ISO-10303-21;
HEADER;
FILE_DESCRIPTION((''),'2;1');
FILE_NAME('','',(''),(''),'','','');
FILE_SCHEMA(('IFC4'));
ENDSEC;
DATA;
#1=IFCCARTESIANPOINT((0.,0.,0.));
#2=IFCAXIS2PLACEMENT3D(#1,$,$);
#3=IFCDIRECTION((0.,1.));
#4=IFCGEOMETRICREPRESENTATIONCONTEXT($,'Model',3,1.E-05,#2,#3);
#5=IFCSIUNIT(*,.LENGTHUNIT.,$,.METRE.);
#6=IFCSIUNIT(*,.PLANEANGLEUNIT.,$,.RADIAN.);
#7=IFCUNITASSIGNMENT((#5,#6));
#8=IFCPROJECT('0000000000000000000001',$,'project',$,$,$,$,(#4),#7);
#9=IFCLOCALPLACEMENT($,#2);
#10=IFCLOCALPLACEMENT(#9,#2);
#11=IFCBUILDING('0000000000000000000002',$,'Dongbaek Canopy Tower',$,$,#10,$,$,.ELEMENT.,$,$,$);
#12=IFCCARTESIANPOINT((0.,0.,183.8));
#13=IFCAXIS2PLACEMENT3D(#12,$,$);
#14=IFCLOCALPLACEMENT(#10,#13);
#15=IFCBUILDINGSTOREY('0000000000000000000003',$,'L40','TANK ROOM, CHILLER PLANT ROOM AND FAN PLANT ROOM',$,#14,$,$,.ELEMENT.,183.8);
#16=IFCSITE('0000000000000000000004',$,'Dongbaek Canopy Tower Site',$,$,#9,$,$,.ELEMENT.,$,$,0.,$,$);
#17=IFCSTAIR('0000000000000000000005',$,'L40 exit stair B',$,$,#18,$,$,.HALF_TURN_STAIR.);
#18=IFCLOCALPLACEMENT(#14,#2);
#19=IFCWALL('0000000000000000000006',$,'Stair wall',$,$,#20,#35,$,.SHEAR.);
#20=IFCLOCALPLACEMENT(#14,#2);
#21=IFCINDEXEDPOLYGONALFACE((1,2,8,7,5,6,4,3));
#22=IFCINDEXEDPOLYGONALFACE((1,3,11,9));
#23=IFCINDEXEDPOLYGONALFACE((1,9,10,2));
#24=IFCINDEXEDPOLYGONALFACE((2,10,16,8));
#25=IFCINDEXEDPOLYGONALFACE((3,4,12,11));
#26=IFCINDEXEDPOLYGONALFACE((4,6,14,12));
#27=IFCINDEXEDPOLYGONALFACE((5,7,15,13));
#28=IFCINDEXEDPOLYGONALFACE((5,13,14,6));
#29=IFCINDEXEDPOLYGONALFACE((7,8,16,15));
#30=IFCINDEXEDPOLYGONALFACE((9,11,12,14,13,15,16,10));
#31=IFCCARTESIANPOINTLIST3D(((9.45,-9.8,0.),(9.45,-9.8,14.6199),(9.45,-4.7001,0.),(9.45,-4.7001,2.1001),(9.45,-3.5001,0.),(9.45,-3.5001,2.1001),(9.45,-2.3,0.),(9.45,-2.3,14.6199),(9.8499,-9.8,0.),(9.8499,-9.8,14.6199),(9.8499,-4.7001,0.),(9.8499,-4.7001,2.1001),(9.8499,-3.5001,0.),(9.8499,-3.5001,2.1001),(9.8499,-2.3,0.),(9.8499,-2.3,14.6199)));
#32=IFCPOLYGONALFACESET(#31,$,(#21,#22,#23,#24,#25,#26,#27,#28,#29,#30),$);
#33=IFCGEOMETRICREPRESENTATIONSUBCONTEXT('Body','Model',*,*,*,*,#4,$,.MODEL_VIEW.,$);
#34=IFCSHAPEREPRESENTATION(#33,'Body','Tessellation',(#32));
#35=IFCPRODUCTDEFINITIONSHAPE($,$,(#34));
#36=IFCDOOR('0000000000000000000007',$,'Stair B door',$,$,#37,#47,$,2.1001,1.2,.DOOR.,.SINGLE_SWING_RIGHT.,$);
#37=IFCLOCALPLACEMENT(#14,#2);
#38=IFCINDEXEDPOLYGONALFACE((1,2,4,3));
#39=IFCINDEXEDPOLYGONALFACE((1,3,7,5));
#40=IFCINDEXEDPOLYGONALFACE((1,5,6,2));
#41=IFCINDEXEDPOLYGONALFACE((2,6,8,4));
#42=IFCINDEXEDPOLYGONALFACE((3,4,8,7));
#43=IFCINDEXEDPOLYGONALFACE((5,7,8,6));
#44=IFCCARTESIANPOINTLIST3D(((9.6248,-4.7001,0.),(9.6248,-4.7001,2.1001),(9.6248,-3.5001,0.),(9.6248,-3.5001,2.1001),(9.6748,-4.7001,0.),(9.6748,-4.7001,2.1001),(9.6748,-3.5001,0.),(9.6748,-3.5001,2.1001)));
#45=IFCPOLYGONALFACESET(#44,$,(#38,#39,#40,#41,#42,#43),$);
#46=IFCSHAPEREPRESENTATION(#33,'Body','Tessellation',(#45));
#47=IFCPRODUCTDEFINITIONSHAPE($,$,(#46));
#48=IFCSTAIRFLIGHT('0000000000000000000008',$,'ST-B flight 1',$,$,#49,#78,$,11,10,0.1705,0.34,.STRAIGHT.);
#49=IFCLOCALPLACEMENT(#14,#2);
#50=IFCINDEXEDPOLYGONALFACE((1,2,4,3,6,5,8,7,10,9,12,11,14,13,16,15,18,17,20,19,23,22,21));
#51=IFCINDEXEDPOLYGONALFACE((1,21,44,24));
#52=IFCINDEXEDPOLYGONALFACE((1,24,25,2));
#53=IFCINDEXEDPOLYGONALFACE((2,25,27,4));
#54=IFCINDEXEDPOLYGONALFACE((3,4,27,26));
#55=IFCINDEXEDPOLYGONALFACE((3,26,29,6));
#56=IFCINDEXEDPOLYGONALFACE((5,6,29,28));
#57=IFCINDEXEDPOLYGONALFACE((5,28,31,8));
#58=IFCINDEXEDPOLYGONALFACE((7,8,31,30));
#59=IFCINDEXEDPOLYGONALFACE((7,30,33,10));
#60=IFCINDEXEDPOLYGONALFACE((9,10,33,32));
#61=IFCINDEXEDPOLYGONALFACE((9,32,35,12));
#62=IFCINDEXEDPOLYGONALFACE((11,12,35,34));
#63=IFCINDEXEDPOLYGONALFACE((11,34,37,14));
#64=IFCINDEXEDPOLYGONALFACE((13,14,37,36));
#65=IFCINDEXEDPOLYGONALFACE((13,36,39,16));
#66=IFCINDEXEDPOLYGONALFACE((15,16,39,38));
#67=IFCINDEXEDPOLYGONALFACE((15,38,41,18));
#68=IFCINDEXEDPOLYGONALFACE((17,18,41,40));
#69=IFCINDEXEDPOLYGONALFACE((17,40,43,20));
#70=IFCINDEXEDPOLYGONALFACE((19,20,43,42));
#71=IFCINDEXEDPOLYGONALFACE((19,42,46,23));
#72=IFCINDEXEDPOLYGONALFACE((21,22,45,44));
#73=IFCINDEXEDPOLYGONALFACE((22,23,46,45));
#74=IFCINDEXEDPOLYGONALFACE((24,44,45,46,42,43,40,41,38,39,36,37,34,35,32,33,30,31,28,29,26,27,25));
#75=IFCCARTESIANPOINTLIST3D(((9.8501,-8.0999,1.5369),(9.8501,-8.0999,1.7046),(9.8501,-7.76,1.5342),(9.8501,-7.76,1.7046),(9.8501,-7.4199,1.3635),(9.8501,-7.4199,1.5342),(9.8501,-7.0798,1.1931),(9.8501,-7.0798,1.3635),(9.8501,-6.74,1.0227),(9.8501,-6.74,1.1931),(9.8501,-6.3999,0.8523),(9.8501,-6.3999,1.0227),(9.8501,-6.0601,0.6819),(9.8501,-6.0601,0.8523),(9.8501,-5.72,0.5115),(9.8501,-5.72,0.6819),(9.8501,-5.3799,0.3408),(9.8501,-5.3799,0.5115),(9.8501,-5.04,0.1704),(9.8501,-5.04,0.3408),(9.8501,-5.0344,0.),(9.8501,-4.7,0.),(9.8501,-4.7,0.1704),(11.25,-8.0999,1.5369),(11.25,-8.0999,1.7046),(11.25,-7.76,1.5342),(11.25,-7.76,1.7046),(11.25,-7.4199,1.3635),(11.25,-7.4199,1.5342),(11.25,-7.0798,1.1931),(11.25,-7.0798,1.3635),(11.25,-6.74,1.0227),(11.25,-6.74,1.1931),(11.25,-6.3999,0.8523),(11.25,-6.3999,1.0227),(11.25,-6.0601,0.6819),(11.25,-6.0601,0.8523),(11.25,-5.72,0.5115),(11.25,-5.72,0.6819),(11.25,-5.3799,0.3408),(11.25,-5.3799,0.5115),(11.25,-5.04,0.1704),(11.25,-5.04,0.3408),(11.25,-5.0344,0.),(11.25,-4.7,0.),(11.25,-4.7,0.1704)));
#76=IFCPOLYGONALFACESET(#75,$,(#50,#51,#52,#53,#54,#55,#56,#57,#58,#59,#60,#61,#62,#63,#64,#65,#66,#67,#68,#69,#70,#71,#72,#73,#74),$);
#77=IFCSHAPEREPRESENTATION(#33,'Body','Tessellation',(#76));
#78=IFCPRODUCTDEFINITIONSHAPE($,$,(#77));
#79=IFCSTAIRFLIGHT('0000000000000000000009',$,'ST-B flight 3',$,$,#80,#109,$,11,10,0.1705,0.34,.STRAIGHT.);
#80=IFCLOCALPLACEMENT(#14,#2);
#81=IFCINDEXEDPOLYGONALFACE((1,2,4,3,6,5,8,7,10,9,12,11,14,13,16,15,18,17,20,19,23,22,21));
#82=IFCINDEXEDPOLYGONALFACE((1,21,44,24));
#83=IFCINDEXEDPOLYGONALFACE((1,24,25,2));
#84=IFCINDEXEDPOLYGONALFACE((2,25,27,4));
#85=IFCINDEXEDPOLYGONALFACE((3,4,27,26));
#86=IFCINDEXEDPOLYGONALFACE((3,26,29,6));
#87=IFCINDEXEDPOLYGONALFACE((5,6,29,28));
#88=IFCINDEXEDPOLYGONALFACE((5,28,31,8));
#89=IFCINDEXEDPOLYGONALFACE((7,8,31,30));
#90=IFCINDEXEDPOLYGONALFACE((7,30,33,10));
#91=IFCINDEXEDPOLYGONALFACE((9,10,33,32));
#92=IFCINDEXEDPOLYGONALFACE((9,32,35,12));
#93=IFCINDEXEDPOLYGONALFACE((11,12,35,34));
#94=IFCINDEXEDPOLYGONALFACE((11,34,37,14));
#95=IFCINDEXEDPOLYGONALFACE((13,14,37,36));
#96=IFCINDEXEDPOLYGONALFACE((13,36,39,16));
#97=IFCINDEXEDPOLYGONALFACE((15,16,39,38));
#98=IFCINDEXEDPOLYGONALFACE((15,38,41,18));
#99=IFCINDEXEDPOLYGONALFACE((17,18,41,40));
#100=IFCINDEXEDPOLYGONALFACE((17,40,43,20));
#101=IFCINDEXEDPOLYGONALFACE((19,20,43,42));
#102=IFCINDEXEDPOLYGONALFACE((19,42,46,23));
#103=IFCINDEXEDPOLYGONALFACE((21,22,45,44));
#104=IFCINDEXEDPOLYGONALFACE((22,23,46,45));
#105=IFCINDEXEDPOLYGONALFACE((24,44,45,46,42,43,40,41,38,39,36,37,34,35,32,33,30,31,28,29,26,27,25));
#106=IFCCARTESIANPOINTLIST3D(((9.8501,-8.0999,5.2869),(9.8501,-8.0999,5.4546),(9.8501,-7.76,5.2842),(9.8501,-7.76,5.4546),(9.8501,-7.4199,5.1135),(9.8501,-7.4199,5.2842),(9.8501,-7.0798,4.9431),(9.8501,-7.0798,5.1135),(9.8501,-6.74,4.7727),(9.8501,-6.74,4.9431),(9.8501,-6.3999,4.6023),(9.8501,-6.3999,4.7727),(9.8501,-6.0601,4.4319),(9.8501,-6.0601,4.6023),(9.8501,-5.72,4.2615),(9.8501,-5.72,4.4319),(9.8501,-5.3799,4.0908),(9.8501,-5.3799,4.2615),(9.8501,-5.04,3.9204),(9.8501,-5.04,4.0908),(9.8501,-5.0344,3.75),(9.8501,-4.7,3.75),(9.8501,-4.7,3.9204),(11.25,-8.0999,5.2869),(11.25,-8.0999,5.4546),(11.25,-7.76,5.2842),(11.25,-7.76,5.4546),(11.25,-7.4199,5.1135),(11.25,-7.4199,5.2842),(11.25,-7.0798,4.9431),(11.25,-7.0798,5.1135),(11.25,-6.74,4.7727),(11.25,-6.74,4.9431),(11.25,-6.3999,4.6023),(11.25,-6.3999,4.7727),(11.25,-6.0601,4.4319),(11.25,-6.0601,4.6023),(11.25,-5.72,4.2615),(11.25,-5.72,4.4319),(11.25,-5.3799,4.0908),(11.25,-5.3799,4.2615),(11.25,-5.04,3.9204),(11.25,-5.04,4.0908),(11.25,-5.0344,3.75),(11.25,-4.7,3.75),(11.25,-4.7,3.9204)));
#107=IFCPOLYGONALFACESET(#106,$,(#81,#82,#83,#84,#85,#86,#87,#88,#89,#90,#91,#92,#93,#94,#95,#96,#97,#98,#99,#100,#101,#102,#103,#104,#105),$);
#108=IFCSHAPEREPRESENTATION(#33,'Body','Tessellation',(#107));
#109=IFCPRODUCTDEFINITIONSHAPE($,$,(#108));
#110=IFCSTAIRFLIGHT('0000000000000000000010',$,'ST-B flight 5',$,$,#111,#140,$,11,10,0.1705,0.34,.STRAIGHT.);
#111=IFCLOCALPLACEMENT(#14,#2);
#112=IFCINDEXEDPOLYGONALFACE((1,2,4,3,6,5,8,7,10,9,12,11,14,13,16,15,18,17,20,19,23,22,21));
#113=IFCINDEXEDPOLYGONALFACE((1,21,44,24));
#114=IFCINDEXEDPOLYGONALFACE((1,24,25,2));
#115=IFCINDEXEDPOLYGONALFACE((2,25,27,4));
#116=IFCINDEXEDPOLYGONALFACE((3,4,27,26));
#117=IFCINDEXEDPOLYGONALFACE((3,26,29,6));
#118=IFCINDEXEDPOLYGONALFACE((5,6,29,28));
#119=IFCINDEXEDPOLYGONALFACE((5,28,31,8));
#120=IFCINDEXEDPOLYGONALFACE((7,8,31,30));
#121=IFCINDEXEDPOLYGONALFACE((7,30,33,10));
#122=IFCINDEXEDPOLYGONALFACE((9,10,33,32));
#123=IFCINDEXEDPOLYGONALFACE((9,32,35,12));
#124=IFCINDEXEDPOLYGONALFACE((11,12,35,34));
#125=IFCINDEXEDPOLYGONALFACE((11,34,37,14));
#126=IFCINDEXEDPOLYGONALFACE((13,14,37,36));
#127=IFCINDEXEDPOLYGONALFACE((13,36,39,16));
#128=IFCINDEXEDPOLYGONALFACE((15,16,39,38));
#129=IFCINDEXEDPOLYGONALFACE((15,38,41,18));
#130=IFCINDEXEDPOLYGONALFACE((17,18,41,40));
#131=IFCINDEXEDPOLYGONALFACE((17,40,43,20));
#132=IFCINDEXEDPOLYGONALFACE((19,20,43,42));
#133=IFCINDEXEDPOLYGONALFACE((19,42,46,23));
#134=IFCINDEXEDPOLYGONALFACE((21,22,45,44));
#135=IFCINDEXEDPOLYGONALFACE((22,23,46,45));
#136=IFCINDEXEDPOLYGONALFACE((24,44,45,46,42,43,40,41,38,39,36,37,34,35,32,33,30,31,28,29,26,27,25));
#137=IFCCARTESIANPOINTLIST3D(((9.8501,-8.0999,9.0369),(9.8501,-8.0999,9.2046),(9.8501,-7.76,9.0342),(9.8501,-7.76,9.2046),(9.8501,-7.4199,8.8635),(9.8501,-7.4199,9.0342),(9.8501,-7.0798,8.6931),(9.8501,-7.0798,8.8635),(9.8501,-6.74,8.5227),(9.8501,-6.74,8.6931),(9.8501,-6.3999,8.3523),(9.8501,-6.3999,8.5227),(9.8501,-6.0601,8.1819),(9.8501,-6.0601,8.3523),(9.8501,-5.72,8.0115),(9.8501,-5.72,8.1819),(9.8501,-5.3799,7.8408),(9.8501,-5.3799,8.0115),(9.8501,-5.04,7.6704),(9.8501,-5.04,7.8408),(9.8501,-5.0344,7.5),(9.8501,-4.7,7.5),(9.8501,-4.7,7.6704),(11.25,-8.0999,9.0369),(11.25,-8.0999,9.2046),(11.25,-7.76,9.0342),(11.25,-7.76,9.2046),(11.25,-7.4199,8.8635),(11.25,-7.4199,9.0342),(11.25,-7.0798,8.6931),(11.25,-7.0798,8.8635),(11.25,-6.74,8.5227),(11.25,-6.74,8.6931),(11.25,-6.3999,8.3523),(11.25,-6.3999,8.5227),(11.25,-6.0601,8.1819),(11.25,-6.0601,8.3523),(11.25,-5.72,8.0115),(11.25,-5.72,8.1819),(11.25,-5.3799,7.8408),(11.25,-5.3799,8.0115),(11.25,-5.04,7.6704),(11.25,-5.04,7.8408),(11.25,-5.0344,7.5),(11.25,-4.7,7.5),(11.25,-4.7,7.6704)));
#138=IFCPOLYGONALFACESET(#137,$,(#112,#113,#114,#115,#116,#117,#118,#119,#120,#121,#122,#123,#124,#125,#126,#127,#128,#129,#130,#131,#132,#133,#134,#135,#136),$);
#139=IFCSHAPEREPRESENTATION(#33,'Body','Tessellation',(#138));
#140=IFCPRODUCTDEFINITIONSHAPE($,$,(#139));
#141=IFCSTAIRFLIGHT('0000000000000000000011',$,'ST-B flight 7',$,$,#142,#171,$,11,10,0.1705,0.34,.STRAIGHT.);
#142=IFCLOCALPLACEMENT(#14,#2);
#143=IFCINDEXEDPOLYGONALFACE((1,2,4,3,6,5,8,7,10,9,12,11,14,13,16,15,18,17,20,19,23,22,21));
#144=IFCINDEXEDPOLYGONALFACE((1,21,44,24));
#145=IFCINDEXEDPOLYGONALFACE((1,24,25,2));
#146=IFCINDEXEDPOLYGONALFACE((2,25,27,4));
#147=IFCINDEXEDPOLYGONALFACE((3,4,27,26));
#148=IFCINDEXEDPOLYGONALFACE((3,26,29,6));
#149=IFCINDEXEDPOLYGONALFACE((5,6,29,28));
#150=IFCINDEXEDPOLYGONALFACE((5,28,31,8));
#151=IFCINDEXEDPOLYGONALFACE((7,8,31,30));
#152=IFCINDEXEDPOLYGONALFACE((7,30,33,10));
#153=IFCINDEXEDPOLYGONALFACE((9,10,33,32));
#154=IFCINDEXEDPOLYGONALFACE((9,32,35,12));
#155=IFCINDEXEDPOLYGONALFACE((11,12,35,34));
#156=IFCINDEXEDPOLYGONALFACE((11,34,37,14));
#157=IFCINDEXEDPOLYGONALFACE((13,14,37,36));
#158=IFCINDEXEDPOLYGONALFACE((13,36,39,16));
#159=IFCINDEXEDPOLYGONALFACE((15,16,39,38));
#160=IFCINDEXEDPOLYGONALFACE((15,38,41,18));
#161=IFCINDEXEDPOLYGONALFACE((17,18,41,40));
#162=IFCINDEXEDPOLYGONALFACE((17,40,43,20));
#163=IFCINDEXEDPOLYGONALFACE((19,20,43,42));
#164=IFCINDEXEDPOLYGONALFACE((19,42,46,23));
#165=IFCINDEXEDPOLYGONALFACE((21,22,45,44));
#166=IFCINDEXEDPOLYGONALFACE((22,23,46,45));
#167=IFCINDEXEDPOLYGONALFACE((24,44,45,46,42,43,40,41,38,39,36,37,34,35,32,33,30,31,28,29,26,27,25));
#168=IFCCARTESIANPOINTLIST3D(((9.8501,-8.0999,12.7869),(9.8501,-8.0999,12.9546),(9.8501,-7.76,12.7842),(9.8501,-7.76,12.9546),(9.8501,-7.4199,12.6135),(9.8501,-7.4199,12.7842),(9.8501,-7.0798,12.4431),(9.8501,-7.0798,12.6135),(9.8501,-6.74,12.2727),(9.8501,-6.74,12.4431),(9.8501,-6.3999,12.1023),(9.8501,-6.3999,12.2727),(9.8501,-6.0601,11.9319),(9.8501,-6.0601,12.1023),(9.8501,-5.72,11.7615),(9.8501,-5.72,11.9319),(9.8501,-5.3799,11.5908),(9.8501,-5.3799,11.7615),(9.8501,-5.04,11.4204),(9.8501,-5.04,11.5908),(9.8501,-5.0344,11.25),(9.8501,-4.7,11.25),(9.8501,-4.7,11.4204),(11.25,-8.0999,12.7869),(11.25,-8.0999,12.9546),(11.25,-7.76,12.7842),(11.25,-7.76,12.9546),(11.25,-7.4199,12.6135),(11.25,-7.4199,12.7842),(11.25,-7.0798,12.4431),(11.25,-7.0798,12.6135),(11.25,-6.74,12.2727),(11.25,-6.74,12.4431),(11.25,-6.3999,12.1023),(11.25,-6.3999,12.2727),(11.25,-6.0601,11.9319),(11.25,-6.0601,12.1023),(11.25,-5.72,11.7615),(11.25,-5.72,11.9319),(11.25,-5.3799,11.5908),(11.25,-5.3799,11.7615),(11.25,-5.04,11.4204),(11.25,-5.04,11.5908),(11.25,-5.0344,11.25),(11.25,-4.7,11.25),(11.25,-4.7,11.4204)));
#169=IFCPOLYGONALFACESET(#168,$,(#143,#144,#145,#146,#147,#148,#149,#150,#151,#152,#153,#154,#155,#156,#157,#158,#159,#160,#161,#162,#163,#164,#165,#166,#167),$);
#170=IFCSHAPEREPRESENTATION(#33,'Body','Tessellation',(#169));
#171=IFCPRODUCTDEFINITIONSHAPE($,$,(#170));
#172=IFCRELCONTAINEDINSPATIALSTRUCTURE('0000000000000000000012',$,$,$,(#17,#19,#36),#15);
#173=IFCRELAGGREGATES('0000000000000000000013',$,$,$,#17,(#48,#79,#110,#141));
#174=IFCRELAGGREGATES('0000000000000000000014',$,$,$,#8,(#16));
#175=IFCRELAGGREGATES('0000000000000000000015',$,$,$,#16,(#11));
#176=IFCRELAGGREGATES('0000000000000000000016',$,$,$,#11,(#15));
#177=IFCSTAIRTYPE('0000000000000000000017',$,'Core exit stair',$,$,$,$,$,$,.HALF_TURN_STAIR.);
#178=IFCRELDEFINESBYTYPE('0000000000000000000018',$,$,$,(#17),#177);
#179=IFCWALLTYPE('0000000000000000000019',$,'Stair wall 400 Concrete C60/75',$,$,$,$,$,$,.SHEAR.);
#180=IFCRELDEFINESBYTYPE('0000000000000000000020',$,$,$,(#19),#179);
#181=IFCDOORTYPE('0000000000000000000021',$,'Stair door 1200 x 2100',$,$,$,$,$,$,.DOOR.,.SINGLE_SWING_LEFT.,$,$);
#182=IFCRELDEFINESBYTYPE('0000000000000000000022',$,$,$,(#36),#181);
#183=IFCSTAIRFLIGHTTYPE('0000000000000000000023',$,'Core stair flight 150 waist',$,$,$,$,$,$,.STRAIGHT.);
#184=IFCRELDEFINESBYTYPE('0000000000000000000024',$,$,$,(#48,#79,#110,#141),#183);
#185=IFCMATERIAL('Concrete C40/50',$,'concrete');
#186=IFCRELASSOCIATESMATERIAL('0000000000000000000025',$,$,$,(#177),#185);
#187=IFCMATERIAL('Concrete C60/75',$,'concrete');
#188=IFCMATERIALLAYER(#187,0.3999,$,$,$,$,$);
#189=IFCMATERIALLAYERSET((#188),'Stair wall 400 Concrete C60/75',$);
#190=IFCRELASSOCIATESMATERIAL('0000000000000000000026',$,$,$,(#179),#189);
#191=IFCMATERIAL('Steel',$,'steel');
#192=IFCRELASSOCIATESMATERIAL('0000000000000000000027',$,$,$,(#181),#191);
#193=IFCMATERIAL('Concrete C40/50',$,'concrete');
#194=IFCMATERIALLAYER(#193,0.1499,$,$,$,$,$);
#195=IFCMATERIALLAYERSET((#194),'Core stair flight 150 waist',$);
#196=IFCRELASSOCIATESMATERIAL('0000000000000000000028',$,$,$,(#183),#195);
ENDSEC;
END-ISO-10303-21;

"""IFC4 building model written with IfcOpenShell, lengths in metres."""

from ifc_helpers import new_model, si_unit, direction, frame, frame_2d, origin, place, context, subcontext, project, spatial, polyline, rectangle, outline, extrude, material, layer, layer_set, type_object, element, fill, aggregate, save


model = new_model("IFC4")

# Units and contexts
model_context = context("Model", 3, precision=1e-05, world=origin(), true_north=direction((0.0, 1.0)))
body_context = subcontext(model_context, "Body", "Model", "MODEL_VIEW")
ifc_project = project(units=[si_unit("LENGTHUNIT", "METRE"), si_unit("PLANEANGLEUNIT", "RADIAN")], contexts=[model_context])

# Site, building, storey
site_placement = place(None, origin())
site = spatial("IfcSite", under=ifc_project, at=site_placement, Name="Dongbaek Canopy Tower Site", CompositionType="ELEMENT", RefElevation=0.0)
building_placement = place(site_placement, origin())
building = spatial("IfcBuilding", under=site, at=building_placement, Name="Dongbaek Canopy Tower", CompositionType="ELEMENT")
storey_placement = place(building_placement, frame((0.0, 0.0, 183.8)))
storey = spatial("IfcBuildingStorey", under=building, at=storey_placement, Name="L40", Description="TANK ROOM, CHILLER PLANT ROOM AND FAN PLANT ROOM", CompositionType="ELEMENT", Elevation=183.8)

# Stair
ifc_material_1 = material(Name="Concrete C40/50", Category="concrete")
stair_type = type_object("IfcStairType", Name="Core exit stair", PredefinedType="HALF_TURN_STAIR", material=ifc_material_1)
stair_placement = place(storey_placement, origin())
stair = element("IfcStair", 1, at=stair_placement, inside=storey, type_object=stair_type, Name="L40 exit stair B", PredefinedType="HALF_TURN_STAIR")

# Wall, opening, door
ifc_material_2 = material(Name="Concrete C60/75", Category="concrete")
ifc_layer_1 = layer(ifc_material_2, 0.3999)
ifc_layer_set_1 = layer_set([ifc_layer_1], Name="Stair wall 400 Concrete C60/75")
wall_type_1 = type_object("IfcWallType", Name="Stair wall 400 Concrete C60/75", PredefinedType="SHEAR", material=ifc_layer_set_1)
wall_1_placement = place(storey_placement, frame((9.6499, -2.3, 0.0), z_axis=(0.0, 0.0, 1.0), x_axis=(0.0, -1.0, 0.0)))
wall_1 = element("IfcWall", 2, at=wall_1_placement, inside=storey, type_object=wall_type_1, Name="Stair wall", PredefinedType="SHEAR", context=body_context, shape_type="SweptSolid", body=[
    extrude(rectangle(XDim=7.5, YDim=0.3999, at=frame_2d((3.75, 0.0))), origin(), (0.0, 0.0, 1.0), 14.6199),
])
opening_1_placement = place(wall_1_placement, frame((1.2, 0.0, 0.0)))
opening_1 = element("IfcOpeningElement", 3, at=opening_1_placement, cuts=wall_1, PredefinedType="OPENING", context=body_context, shape_type="SweptSolid", body=[
    extrude(rectangle(XDim=1.2, YDim=2.1001, at=frame_2d((0.6001, 1.05))), frame((0.0, 0.21, 0.0), z_axis=(0.0, -1.0, 0.0), x_axis=(1.0, 0.0, 0.0)), (0.0, 0.0, 1.0), 0.4199),
])
ifc_material_3 = material(Name="Steel", Category="steel")
door_type_1 = type_object("IfcDoorType", Name="Stair door 1200 x 2100", OperationType="SINGLE_SWING_LEFT", PredefinedType="DOOR", material=ifc_material_3)
door_1_placement = place(opening_1_placement, origin())
door_1 = element("IfcDoor", 4, at=door_1_placement, inside=storey, type_object=door_type_1, Name="Stair B door", OperationType="SINGLE_SWING_RIGHT", OverallHeight=2.1001, OverallWidth=1.2, PredefinedType="DOOR", context=body_context, shape_type="SweptSolid", body=[
    extrude(rectangle(XDim=1.2, YDim=2.1001, at=frame_2d((0.6001, 1.05))), frame((0.0, 0.0249, 0.0), z_axis=(0.0, -1.0, 0.0), x_axis=(1.0, 0.0, 0.0)), (0.0, 0.0, 1.0), 0.05),
])
fill(opening_1, door_1)

# Stair flights
ifc_material_4 = material(Name="Concrete C40/50", Category="concrete")
ifc_layer_2 = layer(ifc_material_4, 0.1499)
ifc_layer_set_2 = layer_set([ifc_layer_2], Name="Core stair flight 150 waist")
stair_flight_type = type_object("IfcStairFlightType", Name="Core stair flight 150 waist", PredefinedType="STRAIGHT", material=ifc_layer_set_2)
stair_flight_1_placement = place(storey_placement, frame((10.55, -4.7, 0.0), z_axis=(0.0, 0.0, 1.0), x_axis=(0.0, -1.0, 0.0)))
stair_flight_1 = element("IfcStairFlight", 5, at=stair_flight_1_placement, type_object=stair_flight_type, Name="ST-B flight 1", NumberOfRisers=11, NumberOfTreads=10, PredefinedType="STRAIGHT", RiserHeight=0.1705, TreadLength=0.34, context=body_context, shape_type="SweptSolid", body=[
    extrude(outline(polyline([(0.0, 0.0), (0.0, 0.1704), (0.3401, 0.1704), (0.3401, 0.3408), (0.6799, 0.3408), (0.6799, 0.5115), (1.02, 0.5115), (1.02, 0.6819), (1.3601, 0.6819), (1.3601, 0.8523), (1.7, 0.8523), (1.7, 1.0227), (2.04, 1.0227), (2.04, 1.1931), (2.3799, 1.1931), (2.3799, 1.3635), (2.72, 1.3635), (2.72, 1.5342), (3.0601, 1.5342), (3.0601, 1.7046), (3.3999, 1.7046), (3.3999, 1.875), (3.3999, 1.5369), (0.3345, 0.0), (0.0, 0.0)])), frame((0.0, 0.7, 0.0), z_axis=(0.0, -1.0, 0.0), x_axis=(1.0, 0.0, 0.0)), (0.0, 0.0, 1.0), 1.3999),
])
stair_flight_2_placement = place(storey_placement, frame((10.55, -4.7, 3.75), z_axis=(0.0, 0.0, 1.0), x_axis=(0.0, -1.0, 0.0)))
stair_flight_2 = element("IfcStairFlight", 6, at=stair_flight_2_placement, type_object=stair_flight_type, Name="ST-B flight 3", NumberOfRisers=11, NumberOfTreads=10, PredefinedType="STRAIGHT", RiserHeight=0.1705, TreadLength=0.34, context=body_context, shape_type="SweptSolid", body=[
    extrude(outline(polyline([(0.0, 0.0), (0.0, 0.1704), (0.3401, 0.1704), (0.3401, 0.3408), (0.6799, 0.3408), (0.6799, 0.5115), (1.02, 0.5115), (1.02, 0.6819), (1.3601, 0.6819), (1.3601, 0.8523), (1.7, 0.8523), (1.7, 1.0227), (2.04, 1.0227), (2.04, 1.1931), (2.3799, 1.1931), (2.3799, 1.3635), (2.72, 1.3635), (2.72, 1.5342), (3.0601, 1.5342), (3.0601, 1.7046), (3.3999, 1.7046), (3.3999, 1.875), (3.3999, 1.5369), (0.3345, 0.0), (0.0, 0.0)])), frame((0.0, 0.7, 0.0), z_axis=(0.0, -1.0, 0.0), x_axis=(1.0, 0.0, 0.0)), (0.0, 0.0, 1.0), 1.3999),
])
stair_flight_3_placement = place(storey_placement, frame((10.55, -4.7, 7.5), z_axis=(0.0, 0.0, 1.0), x_axis=(0.0, -1.0, 0.0)))
stair_flight_3 = element("IfcStairFlight", 7, at=stair_flight_3_placement, type_object=stair_flight_type, Name="ST-B flight 5", NumberOfRisers=11, NumberOfTreads=10, PredefinedType="STRAIGHT", RiserHeight=0.1705, TreadLength=0.34, context=body_context, shape_type="SweptSolid", body=[
    extrude(outline(polyline([(0.0, 0.0), (0.0, 0.1704), (0.3401, 0.1704), (0.3401, 0.3408), (0.6799, 0.3408), (0.6799, 0.5115), (1.02, 0.5115), (1.02, 0.6819), (1.3601, 0.6819), (1.3601, 0.8523), (1.7, 0.8523), (1.7, 1.0227), (2.04, 1.0227), (2.04, 1.1931), (2.3799, 1.1931), (2.3799, 1.3635), (2.72, 1.3635), (2.72, 1.5342), (3.0601, 1.5342), (3.0601, 1.7046), (3.3999, 1.7046), (3.3999, 1.875), (3.3999, 1.5369), (0.3345, 0.0), (0.0, 0.0)])), frame((0.0, 0.7, 0.0), z_axis=(0.0, -1.0, 0.0), x_axis=(1.0, 0.0, 0.0)), (0.0, 0.0, 1.0), 1.3999),
])
stair_flight_4_placement = place(storey_placement, frame((10.55, -4.7, 11.25), z_axis=(0.0, 0.0, 1.0), x_axis=(0.0, -1.0, 0.0)))
stair_flight_4 = element("IfcStairFlight", 8, at=stair_flight_4_placement, type_object=stair_flight_type, Name="ST-B flight 7", NumberOfRisers=11, NumberOfTreads=10, PredefinedType="STRAIGHT", RiserHeight=0.1705, TreadLength=0.34, context=body_context, shape_type="SweptSolid", body=[
    extrude(outline(polyline([(0.0, 0.0), (0.0, 0.1704), (0.3401, 0.1704), (0.3401, 0.3408), (0.6799, 0.3408), (0.6799, 0.5115), (1.02, 0.5115), (1.02, 0.6819), (1.3601, 0.6819), (1.3601, 0.8523), (1.7, 0.8523), (1.7, 1.0227), (2.04, 1.0227), (2.04, 1.1931), (2.3799, 1.1931), (2.3799, 1.3635), (2.72, 1.3635), (2.72, 1.5342), (3.0601, 1.5342), (3.0601, 1.7046), (3.3999, 1.7046), (3.3999, 1.875), (3.3999, 1.5369), (0.3345, 0.0), (0.0, 0.0)])), frame((0.0, 0.7, 0.0), z_axis=(0.0, -1.0, 0.0), x_axis=(1.0, 0.0, 0.0)), (0.0, 0.0, 1.0), 1.3999),
])
aggregate(stair, [stair_flight_1, stair_flight_2, stair_flight_3, stair_flight_4])

save(model, "model.ifc")
